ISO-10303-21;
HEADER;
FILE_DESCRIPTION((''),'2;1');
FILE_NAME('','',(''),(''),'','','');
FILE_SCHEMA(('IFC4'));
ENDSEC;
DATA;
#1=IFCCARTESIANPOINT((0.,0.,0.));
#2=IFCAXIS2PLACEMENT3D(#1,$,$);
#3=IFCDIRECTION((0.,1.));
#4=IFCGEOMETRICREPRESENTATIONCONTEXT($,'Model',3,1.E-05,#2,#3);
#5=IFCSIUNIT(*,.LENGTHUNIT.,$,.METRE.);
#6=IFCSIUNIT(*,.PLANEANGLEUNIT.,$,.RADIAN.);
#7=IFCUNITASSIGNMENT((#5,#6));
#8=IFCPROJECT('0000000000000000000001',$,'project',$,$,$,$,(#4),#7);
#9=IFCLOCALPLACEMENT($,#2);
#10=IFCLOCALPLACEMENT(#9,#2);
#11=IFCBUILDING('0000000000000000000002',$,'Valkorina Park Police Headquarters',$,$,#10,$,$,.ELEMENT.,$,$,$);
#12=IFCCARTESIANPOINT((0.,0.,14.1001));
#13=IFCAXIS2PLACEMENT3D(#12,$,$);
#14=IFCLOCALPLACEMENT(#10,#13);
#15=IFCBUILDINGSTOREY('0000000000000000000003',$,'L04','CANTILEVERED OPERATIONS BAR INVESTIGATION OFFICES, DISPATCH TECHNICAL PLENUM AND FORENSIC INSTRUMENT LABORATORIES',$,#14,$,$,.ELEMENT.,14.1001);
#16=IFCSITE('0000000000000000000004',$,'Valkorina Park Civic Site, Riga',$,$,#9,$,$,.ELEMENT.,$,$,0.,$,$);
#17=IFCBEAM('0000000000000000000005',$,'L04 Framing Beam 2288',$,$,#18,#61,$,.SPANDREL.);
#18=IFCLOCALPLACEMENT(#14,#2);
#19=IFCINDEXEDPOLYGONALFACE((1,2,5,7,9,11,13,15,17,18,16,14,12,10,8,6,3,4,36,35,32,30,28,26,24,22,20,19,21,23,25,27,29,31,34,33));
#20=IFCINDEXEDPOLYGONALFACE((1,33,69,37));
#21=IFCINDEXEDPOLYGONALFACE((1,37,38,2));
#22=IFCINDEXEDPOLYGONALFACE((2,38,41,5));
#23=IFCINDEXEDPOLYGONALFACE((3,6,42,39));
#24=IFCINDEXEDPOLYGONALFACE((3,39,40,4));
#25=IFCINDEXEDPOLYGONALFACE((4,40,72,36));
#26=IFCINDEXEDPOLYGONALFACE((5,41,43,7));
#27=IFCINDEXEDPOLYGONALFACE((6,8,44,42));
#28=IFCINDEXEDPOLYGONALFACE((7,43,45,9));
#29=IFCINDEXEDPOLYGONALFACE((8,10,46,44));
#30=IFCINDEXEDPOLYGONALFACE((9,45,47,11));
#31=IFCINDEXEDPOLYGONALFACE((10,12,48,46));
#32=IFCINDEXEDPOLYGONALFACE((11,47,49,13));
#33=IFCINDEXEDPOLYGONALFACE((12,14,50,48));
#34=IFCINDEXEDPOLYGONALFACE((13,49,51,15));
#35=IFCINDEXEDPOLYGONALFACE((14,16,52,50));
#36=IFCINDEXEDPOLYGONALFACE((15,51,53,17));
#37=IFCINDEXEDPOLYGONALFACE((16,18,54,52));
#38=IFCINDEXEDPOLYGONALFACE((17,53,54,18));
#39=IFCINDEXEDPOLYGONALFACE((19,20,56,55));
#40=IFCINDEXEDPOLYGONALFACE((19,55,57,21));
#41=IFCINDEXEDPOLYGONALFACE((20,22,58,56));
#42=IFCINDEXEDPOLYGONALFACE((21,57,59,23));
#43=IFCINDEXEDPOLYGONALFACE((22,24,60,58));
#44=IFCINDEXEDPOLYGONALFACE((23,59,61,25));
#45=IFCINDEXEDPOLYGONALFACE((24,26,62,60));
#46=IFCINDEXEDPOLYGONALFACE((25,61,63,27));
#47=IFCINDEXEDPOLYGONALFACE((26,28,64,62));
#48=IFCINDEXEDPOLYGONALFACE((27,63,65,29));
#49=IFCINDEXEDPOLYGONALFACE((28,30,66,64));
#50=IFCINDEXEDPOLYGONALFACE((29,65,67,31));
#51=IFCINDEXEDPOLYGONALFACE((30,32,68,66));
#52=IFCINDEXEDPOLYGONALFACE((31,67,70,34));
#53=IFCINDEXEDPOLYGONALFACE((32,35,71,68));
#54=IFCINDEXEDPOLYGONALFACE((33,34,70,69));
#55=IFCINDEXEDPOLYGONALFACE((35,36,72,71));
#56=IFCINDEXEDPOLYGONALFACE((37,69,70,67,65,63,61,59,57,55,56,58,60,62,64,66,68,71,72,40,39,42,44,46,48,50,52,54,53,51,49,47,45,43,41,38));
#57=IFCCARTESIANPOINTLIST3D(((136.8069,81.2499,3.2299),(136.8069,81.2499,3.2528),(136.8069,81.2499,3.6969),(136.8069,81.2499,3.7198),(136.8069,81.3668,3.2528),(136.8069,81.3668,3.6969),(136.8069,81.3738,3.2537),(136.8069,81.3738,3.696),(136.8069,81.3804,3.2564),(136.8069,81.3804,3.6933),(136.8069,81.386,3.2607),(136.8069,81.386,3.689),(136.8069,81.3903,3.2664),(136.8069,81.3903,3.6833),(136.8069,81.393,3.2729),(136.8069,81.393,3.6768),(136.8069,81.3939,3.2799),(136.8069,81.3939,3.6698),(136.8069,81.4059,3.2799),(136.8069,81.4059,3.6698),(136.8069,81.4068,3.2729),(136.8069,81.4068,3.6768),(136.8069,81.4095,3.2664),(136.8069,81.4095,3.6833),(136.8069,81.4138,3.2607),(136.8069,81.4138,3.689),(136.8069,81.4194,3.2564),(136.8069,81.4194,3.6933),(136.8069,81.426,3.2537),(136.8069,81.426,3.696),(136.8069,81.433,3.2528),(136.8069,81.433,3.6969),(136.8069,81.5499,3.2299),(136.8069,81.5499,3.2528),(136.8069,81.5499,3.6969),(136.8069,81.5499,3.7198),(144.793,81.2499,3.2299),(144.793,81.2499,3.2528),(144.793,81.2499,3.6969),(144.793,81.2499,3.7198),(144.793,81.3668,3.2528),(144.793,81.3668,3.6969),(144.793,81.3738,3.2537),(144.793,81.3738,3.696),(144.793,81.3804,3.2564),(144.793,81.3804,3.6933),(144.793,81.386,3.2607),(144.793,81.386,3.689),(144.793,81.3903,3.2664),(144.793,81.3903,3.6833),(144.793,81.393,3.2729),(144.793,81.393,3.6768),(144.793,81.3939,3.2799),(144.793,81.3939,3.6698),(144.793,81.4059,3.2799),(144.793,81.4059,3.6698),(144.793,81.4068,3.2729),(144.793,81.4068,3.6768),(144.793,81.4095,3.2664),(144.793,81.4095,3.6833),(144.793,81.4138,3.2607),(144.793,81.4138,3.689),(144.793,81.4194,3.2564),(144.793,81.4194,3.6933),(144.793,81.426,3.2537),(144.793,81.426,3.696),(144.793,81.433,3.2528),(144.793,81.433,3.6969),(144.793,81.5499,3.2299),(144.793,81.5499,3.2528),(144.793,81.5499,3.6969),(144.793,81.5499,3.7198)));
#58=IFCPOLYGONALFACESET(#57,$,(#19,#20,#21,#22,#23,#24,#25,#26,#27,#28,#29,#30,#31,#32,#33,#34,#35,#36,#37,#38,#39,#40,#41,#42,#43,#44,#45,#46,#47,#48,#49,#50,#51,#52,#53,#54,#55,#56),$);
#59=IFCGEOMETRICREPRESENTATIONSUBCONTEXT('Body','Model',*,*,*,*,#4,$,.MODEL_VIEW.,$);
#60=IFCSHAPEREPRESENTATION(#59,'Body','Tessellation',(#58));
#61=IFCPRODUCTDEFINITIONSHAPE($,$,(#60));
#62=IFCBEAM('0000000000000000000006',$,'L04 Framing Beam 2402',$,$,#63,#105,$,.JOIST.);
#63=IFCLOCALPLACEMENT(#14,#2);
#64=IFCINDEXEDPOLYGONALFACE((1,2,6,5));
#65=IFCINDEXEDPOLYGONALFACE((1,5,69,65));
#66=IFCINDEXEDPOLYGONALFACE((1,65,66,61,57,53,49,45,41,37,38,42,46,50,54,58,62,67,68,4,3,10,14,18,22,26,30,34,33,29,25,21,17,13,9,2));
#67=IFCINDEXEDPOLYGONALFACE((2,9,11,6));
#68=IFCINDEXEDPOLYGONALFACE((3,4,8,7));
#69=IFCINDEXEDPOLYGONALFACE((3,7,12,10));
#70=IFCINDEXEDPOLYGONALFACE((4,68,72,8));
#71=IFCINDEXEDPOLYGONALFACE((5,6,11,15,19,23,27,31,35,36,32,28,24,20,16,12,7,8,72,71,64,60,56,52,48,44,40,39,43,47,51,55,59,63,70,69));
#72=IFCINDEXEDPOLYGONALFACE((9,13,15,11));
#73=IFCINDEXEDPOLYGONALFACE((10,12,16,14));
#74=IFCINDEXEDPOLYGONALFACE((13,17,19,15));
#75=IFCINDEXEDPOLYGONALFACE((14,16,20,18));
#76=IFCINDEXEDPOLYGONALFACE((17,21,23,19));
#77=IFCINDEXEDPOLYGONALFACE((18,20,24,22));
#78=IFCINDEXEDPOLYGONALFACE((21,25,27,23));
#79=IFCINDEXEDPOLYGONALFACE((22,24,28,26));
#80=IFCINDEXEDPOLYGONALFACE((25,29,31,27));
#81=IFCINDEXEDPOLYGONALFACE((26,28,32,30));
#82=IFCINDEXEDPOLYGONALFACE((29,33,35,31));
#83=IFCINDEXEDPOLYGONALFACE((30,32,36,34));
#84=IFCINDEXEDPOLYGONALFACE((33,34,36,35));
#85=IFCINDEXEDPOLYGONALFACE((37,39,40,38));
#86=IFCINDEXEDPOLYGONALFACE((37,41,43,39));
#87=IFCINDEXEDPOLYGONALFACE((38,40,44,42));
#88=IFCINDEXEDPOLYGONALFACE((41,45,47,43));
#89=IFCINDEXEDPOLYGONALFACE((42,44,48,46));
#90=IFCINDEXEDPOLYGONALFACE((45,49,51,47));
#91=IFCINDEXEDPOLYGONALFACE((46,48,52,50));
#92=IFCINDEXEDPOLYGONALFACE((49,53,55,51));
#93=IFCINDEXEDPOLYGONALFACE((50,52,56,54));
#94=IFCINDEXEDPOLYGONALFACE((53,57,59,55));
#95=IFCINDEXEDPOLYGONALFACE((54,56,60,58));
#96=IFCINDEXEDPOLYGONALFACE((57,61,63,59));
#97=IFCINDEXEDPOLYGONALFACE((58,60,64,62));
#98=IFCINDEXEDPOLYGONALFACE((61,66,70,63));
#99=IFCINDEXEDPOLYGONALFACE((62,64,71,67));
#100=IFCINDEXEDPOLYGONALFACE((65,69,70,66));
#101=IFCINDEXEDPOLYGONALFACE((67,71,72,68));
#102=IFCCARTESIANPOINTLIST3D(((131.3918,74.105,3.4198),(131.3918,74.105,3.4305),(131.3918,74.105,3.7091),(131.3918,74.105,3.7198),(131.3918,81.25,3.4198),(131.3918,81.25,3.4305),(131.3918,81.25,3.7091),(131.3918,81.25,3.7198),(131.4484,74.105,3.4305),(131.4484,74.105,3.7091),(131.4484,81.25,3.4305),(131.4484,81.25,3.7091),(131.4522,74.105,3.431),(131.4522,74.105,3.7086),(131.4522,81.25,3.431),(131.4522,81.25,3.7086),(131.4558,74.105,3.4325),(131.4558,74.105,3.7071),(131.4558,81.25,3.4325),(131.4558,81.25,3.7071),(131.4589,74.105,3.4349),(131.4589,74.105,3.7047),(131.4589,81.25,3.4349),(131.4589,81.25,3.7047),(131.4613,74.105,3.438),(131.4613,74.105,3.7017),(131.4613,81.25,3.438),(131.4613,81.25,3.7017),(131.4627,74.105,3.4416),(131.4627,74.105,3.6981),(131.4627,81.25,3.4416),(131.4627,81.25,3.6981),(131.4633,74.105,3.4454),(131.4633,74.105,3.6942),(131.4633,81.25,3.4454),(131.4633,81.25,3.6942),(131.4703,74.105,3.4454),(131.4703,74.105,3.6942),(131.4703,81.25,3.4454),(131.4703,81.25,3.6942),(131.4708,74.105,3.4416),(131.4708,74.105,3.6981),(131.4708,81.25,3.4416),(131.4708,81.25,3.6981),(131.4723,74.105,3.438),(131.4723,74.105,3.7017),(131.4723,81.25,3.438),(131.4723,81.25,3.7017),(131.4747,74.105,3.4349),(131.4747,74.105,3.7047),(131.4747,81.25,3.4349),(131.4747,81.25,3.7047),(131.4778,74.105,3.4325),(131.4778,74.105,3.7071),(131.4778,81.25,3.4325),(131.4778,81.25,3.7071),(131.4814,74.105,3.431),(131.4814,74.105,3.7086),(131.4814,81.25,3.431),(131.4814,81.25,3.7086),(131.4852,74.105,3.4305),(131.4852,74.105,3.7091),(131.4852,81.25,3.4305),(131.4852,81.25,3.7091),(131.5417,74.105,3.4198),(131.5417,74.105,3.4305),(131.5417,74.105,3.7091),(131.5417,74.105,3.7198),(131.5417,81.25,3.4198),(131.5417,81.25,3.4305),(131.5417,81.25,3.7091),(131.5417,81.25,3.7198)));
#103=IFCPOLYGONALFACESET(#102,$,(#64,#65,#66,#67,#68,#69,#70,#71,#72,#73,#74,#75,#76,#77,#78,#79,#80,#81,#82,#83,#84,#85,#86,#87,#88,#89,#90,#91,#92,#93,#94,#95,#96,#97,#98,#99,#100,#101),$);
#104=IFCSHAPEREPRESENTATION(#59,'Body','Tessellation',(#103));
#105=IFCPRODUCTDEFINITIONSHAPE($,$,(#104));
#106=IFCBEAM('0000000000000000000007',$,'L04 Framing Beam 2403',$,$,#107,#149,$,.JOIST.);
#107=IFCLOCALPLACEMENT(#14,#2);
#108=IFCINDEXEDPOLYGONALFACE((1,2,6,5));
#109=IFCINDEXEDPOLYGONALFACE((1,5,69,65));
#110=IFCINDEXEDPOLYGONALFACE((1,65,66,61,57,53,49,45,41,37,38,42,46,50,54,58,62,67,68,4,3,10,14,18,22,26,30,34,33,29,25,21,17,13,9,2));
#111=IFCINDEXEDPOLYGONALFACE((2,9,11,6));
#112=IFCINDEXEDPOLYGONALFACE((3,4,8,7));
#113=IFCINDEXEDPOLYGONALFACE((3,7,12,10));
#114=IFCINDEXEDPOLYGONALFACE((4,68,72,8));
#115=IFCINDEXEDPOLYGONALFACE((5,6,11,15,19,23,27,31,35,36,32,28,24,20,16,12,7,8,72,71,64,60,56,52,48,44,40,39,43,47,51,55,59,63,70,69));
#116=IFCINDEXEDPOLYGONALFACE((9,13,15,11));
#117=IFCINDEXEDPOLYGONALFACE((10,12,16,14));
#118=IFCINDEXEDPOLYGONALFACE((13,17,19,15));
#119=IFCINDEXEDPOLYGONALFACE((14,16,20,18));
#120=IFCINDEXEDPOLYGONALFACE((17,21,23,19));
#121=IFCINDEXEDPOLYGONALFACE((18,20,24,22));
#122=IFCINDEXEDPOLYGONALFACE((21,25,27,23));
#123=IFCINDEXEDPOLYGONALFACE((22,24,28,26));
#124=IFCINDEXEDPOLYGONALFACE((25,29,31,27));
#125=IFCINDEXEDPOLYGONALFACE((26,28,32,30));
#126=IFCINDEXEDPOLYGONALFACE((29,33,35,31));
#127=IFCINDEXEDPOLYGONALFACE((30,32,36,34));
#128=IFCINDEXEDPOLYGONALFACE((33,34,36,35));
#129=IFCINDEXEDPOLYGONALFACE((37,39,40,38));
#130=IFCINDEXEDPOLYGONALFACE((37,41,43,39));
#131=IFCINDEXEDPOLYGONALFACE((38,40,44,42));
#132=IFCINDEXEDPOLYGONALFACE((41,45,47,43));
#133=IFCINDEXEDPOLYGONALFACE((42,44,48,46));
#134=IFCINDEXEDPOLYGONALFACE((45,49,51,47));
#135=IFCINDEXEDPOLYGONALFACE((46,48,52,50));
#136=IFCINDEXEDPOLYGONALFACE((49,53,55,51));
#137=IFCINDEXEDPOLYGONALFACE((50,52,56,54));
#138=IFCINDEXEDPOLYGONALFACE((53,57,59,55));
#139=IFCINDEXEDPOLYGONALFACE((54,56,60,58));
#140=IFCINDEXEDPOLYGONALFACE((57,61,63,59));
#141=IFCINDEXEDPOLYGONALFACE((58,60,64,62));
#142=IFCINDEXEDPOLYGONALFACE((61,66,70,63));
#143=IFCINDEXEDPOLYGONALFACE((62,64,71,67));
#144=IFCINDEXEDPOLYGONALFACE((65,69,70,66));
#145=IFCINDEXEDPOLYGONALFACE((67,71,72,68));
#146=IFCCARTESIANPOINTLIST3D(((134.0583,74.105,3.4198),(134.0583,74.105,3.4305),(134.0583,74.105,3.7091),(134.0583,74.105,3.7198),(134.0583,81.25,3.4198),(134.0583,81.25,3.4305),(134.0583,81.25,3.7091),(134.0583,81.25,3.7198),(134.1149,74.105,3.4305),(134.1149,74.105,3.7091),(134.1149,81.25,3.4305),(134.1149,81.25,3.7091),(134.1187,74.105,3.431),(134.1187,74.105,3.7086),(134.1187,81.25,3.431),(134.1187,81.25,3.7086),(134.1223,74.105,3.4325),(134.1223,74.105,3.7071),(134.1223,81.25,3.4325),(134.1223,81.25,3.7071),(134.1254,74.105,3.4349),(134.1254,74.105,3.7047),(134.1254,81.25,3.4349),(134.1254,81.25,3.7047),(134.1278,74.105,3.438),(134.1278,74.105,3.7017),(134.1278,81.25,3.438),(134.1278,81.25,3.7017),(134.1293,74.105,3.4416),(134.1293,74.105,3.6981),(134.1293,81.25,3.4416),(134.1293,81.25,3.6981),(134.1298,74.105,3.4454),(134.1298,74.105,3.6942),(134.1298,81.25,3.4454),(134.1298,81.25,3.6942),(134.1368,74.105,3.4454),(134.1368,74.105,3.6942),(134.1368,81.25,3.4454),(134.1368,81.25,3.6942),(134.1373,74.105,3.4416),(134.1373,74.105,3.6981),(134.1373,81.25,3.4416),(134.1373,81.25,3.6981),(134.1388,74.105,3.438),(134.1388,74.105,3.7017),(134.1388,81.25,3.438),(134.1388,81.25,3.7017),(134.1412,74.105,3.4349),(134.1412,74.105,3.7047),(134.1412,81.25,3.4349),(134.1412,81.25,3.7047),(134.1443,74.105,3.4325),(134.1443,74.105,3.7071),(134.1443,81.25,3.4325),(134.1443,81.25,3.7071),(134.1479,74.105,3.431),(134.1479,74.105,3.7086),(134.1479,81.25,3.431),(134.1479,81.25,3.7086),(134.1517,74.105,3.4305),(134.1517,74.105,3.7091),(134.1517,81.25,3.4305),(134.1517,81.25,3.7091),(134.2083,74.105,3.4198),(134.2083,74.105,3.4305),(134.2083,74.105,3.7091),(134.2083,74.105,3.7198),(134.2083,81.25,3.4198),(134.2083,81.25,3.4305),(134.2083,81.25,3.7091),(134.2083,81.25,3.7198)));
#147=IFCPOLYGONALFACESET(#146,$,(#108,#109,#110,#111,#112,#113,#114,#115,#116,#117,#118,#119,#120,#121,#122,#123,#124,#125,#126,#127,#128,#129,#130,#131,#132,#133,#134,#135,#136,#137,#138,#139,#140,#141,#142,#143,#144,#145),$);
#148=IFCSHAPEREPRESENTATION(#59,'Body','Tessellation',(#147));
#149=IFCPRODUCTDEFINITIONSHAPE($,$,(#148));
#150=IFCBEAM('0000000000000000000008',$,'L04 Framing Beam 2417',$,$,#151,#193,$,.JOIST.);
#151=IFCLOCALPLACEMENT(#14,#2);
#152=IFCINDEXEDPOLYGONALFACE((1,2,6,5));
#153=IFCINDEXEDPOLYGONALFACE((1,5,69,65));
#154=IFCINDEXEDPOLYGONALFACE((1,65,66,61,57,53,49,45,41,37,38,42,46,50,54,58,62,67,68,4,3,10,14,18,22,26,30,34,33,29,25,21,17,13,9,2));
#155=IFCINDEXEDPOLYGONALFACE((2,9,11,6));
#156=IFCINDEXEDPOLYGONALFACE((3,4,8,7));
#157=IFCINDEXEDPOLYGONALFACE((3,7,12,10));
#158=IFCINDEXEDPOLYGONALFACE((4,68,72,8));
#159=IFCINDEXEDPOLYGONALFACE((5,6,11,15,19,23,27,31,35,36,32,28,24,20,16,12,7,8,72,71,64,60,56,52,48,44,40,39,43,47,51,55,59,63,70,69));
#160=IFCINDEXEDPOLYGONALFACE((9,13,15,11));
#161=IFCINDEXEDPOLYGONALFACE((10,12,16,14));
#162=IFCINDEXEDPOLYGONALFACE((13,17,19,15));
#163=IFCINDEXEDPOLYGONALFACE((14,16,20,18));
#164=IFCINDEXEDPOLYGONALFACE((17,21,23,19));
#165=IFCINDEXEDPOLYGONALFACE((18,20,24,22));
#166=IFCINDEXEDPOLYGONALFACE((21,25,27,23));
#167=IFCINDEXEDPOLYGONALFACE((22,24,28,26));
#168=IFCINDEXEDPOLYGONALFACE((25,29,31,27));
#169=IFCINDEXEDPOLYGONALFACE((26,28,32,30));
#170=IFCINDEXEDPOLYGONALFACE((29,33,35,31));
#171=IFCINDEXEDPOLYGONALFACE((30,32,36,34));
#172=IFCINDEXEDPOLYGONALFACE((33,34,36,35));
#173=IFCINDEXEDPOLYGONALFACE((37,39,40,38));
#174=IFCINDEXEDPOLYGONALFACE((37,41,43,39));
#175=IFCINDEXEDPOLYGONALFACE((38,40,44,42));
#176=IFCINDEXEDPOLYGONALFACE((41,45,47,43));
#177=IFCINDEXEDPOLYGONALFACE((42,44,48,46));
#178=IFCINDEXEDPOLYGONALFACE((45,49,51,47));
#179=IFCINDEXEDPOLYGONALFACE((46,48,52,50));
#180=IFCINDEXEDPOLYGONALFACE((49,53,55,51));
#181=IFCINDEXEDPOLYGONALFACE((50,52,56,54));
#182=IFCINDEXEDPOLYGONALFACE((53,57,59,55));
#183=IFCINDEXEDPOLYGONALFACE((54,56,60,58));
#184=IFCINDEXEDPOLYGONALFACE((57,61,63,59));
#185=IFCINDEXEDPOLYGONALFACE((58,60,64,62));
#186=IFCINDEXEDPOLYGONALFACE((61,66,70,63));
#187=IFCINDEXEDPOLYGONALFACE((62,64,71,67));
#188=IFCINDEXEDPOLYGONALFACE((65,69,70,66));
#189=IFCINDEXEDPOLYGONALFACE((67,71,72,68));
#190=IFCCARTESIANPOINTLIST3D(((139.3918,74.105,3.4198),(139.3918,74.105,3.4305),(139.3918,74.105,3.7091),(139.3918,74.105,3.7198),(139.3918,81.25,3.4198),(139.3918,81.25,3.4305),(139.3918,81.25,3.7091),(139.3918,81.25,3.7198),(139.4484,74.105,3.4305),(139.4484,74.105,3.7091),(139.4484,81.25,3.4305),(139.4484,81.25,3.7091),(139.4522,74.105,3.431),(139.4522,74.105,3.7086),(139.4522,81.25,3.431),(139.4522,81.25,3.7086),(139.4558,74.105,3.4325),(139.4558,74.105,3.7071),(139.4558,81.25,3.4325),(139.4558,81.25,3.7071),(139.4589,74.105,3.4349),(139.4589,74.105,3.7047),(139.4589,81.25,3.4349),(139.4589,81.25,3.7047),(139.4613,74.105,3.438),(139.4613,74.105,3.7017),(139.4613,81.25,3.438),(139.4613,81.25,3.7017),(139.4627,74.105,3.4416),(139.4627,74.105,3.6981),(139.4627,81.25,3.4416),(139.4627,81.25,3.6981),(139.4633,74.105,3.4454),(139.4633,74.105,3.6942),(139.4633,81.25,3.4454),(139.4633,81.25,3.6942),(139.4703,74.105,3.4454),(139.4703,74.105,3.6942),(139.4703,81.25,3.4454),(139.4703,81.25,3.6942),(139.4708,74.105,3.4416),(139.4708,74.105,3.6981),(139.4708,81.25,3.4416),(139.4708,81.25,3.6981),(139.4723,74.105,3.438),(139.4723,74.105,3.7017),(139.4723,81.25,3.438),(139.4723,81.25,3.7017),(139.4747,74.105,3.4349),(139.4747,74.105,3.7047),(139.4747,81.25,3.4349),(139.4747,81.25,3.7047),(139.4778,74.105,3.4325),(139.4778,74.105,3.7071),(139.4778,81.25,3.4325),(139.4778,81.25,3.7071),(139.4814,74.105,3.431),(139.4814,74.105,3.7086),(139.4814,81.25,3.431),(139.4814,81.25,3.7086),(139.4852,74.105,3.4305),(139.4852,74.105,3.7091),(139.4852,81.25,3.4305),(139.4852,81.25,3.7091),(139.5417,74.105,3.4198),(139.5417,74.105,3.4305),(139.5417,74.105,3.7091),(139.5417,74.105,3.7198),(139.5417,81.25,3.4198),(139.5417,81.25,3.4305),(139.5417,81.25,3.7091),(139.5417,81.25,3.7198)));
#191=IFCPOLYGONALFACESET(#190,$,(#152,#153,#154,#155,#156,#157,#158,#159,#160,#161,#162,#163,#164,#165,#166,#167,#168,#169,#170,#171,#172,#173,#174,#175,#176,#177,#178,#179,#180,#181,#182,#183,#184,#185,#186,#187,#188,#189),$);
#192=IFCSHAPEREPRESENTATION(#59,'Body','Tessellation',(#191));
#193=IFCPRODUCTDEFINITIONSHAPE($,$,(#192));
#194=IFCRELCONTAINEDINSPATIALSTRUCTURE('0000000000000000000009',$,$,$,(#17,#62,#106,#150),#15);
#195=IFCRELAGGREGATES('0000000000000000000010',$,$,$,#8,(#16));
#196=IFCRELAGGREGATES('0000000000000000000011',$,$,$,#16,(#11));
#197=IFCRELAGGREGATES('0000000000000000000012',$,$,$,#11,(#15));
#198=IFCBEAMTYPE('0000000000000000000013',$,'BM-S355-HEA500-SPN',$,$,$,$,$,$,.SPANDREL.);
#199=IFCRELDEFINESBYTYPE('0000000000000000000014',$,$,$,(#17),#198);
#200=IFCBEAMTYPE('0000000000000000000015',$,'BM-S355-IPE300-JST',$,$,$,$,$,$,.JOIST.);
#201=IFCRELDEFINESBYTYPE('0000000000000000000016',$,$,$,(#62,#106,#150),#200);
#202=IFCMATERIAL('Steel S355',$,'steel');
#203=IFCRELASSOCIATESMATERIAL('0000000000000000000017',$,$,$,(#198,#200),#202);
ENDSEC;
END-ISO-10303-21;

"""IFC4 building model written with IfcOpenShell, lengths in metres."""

from ifc_helpers import new_model, si_unit, direction, frame, origin, origin_2d, place, context, subcontext, project, spatial, i_section, extrude, material, material_profile, profile_set, type_object, element, save


model = new_model("IFC4")

# Units and contexts
model_context = context("Model", 3, precision=1e-05, world=origin(), true_north=direction((0.0, 1.0)))
body_context = subcontext(model_context, "Body", "Model", "MODEL_VIEW")
ifc_project = project(units=[si_unit("LENGTHUNIT", "METRE"), si_unit("PLANEANGLEUNIT", "RADIAN")], contexts=[model_context])

# Site, building, storey
site_placement = place(None, origin())
site = spatial("IfcSite", under=ifc_project, at=site_placement, Name="Valkorina Park Civic Site, Riga", CompositionType="ELEMENT", RefElevation=0.0)
building_placement = place(site_placement, origin())
building = spatial("IfcBuilding", under=site, at=building_placement, Name="Valkorina Park Police Headquarters", CompositionType="ELEMENT")
storey_placement = place(building_placement, frame((0.0, 0.0, 14.1001)))
storey = spatial("IfcBuildingStorey", under=building, at=storey_placement, Name="L04", Description="CANTILEVERED OPERATIONS BAR INVESTIGATION OFFICES, DISPATCH TECHNICAL PLENUM AND FORENSIC INSTRUMENT LABORATORIES", CompositionType="ELEMENT", Elevation=14.1001)

# Shared definitions
ifc_material_1 = material(Name="Steel S355", Category="steel")

# Beams
ifc_material_profile_1 = material_profile(ifc_material_1, i_section(OverallWidth=0.3, OverallDepth=0.49, WebThickness=0.012, FlangeThickness=0.0229, FilletRadius=0.0271, at=origin_2d()), Name="HEA 500")
ifc_profile_set_1 = profile_set([ifc_material_profile_1], Name="Steel S355")
beam_type_1 = type_object("IfcBeamType", Name="BM-S355-HEA500-SPN", PredefinedType="SPANDREL", material=ifc_profile_set_1)
beam_1_placement = place(storey_placement, frame((136.8069, 81.3999, 3.4749), z_axis=(1.0, 0.0, 0.0), x_axis=(0.0, 1.0, 0.0)))
element("IfcBeam", 1, at=beam_1_placement, inside=storey, type_object=beam_type_1, Name="L04 Framing Beam 2288", PredefinedType="SPANDREL", context=body_context, shape_type="SweptSolid", body=[
    extrude(i_section(OverallWidth=0.3, OverallDepth=0.49, WebThickness=0.012, FlangeThickness=0.0229, FilletRadius=0.0271, at=origin_2d()), origin(), (0.0, 0.0, 1.0), 7.9861),
])
ifc_material_profile_2 = material_profile(ifc_material_1, i_section(OverallWidth=0.1499, OverallDepth=0.3, WebThickness=0.0071, FlangeThickness=0.0107, FilletRadius=0.0149, at=origin_2d()), Name="IPE 300")
ifc_profile_set_2 = profile_set([ifc_material_profile_2], Name="Steel S355")
beam_type_2 = type_object("IfcBeamType", Name="BM-S355-IPE300-JST", PredefinedType="JOIST", material=ifc_profile_set_2)
for number, where, z_axis, x_axis, name in (
    (2, (131.4668, 74.105, 3.5698), (0.0, 1.0, 0.0), (-1.0, 0.0, 0.0), "L04 Framing Beam 2402"),
    (3, (134.1333, 74.105, 3.5698), (0.0, 1.0, 0.0), (-1.0, 0.0, 0.0), "L04 Framing Beam 2403"),
    (4, (139.4668, 74.105, 3.5698), (0.0, 1.0, 0.0), (-1.0, 0.0, 0.0), "L04 Framing Beam 2417"),
):
    element("IfcBeam", number, at=place(storey_placement, frame(where, z_axis=z_axis, x_axis=x_axis)), inside=storey, type_object=beam_type_2, Name=name, PredefinedType="JOIST", context=body_context, shape_type="SweptSolid", body=[
        extrude(i_section(OverallWidth=0.1499, OverallDepth=0.3, WebThickness=0.0071, FlangeThickness=0.0107, FilletRadius=0.0149, at=origin_2d()), origin(), (0.0, 0.0, 1.0), 7.145),
    ])

save(model, "model.ifc")
